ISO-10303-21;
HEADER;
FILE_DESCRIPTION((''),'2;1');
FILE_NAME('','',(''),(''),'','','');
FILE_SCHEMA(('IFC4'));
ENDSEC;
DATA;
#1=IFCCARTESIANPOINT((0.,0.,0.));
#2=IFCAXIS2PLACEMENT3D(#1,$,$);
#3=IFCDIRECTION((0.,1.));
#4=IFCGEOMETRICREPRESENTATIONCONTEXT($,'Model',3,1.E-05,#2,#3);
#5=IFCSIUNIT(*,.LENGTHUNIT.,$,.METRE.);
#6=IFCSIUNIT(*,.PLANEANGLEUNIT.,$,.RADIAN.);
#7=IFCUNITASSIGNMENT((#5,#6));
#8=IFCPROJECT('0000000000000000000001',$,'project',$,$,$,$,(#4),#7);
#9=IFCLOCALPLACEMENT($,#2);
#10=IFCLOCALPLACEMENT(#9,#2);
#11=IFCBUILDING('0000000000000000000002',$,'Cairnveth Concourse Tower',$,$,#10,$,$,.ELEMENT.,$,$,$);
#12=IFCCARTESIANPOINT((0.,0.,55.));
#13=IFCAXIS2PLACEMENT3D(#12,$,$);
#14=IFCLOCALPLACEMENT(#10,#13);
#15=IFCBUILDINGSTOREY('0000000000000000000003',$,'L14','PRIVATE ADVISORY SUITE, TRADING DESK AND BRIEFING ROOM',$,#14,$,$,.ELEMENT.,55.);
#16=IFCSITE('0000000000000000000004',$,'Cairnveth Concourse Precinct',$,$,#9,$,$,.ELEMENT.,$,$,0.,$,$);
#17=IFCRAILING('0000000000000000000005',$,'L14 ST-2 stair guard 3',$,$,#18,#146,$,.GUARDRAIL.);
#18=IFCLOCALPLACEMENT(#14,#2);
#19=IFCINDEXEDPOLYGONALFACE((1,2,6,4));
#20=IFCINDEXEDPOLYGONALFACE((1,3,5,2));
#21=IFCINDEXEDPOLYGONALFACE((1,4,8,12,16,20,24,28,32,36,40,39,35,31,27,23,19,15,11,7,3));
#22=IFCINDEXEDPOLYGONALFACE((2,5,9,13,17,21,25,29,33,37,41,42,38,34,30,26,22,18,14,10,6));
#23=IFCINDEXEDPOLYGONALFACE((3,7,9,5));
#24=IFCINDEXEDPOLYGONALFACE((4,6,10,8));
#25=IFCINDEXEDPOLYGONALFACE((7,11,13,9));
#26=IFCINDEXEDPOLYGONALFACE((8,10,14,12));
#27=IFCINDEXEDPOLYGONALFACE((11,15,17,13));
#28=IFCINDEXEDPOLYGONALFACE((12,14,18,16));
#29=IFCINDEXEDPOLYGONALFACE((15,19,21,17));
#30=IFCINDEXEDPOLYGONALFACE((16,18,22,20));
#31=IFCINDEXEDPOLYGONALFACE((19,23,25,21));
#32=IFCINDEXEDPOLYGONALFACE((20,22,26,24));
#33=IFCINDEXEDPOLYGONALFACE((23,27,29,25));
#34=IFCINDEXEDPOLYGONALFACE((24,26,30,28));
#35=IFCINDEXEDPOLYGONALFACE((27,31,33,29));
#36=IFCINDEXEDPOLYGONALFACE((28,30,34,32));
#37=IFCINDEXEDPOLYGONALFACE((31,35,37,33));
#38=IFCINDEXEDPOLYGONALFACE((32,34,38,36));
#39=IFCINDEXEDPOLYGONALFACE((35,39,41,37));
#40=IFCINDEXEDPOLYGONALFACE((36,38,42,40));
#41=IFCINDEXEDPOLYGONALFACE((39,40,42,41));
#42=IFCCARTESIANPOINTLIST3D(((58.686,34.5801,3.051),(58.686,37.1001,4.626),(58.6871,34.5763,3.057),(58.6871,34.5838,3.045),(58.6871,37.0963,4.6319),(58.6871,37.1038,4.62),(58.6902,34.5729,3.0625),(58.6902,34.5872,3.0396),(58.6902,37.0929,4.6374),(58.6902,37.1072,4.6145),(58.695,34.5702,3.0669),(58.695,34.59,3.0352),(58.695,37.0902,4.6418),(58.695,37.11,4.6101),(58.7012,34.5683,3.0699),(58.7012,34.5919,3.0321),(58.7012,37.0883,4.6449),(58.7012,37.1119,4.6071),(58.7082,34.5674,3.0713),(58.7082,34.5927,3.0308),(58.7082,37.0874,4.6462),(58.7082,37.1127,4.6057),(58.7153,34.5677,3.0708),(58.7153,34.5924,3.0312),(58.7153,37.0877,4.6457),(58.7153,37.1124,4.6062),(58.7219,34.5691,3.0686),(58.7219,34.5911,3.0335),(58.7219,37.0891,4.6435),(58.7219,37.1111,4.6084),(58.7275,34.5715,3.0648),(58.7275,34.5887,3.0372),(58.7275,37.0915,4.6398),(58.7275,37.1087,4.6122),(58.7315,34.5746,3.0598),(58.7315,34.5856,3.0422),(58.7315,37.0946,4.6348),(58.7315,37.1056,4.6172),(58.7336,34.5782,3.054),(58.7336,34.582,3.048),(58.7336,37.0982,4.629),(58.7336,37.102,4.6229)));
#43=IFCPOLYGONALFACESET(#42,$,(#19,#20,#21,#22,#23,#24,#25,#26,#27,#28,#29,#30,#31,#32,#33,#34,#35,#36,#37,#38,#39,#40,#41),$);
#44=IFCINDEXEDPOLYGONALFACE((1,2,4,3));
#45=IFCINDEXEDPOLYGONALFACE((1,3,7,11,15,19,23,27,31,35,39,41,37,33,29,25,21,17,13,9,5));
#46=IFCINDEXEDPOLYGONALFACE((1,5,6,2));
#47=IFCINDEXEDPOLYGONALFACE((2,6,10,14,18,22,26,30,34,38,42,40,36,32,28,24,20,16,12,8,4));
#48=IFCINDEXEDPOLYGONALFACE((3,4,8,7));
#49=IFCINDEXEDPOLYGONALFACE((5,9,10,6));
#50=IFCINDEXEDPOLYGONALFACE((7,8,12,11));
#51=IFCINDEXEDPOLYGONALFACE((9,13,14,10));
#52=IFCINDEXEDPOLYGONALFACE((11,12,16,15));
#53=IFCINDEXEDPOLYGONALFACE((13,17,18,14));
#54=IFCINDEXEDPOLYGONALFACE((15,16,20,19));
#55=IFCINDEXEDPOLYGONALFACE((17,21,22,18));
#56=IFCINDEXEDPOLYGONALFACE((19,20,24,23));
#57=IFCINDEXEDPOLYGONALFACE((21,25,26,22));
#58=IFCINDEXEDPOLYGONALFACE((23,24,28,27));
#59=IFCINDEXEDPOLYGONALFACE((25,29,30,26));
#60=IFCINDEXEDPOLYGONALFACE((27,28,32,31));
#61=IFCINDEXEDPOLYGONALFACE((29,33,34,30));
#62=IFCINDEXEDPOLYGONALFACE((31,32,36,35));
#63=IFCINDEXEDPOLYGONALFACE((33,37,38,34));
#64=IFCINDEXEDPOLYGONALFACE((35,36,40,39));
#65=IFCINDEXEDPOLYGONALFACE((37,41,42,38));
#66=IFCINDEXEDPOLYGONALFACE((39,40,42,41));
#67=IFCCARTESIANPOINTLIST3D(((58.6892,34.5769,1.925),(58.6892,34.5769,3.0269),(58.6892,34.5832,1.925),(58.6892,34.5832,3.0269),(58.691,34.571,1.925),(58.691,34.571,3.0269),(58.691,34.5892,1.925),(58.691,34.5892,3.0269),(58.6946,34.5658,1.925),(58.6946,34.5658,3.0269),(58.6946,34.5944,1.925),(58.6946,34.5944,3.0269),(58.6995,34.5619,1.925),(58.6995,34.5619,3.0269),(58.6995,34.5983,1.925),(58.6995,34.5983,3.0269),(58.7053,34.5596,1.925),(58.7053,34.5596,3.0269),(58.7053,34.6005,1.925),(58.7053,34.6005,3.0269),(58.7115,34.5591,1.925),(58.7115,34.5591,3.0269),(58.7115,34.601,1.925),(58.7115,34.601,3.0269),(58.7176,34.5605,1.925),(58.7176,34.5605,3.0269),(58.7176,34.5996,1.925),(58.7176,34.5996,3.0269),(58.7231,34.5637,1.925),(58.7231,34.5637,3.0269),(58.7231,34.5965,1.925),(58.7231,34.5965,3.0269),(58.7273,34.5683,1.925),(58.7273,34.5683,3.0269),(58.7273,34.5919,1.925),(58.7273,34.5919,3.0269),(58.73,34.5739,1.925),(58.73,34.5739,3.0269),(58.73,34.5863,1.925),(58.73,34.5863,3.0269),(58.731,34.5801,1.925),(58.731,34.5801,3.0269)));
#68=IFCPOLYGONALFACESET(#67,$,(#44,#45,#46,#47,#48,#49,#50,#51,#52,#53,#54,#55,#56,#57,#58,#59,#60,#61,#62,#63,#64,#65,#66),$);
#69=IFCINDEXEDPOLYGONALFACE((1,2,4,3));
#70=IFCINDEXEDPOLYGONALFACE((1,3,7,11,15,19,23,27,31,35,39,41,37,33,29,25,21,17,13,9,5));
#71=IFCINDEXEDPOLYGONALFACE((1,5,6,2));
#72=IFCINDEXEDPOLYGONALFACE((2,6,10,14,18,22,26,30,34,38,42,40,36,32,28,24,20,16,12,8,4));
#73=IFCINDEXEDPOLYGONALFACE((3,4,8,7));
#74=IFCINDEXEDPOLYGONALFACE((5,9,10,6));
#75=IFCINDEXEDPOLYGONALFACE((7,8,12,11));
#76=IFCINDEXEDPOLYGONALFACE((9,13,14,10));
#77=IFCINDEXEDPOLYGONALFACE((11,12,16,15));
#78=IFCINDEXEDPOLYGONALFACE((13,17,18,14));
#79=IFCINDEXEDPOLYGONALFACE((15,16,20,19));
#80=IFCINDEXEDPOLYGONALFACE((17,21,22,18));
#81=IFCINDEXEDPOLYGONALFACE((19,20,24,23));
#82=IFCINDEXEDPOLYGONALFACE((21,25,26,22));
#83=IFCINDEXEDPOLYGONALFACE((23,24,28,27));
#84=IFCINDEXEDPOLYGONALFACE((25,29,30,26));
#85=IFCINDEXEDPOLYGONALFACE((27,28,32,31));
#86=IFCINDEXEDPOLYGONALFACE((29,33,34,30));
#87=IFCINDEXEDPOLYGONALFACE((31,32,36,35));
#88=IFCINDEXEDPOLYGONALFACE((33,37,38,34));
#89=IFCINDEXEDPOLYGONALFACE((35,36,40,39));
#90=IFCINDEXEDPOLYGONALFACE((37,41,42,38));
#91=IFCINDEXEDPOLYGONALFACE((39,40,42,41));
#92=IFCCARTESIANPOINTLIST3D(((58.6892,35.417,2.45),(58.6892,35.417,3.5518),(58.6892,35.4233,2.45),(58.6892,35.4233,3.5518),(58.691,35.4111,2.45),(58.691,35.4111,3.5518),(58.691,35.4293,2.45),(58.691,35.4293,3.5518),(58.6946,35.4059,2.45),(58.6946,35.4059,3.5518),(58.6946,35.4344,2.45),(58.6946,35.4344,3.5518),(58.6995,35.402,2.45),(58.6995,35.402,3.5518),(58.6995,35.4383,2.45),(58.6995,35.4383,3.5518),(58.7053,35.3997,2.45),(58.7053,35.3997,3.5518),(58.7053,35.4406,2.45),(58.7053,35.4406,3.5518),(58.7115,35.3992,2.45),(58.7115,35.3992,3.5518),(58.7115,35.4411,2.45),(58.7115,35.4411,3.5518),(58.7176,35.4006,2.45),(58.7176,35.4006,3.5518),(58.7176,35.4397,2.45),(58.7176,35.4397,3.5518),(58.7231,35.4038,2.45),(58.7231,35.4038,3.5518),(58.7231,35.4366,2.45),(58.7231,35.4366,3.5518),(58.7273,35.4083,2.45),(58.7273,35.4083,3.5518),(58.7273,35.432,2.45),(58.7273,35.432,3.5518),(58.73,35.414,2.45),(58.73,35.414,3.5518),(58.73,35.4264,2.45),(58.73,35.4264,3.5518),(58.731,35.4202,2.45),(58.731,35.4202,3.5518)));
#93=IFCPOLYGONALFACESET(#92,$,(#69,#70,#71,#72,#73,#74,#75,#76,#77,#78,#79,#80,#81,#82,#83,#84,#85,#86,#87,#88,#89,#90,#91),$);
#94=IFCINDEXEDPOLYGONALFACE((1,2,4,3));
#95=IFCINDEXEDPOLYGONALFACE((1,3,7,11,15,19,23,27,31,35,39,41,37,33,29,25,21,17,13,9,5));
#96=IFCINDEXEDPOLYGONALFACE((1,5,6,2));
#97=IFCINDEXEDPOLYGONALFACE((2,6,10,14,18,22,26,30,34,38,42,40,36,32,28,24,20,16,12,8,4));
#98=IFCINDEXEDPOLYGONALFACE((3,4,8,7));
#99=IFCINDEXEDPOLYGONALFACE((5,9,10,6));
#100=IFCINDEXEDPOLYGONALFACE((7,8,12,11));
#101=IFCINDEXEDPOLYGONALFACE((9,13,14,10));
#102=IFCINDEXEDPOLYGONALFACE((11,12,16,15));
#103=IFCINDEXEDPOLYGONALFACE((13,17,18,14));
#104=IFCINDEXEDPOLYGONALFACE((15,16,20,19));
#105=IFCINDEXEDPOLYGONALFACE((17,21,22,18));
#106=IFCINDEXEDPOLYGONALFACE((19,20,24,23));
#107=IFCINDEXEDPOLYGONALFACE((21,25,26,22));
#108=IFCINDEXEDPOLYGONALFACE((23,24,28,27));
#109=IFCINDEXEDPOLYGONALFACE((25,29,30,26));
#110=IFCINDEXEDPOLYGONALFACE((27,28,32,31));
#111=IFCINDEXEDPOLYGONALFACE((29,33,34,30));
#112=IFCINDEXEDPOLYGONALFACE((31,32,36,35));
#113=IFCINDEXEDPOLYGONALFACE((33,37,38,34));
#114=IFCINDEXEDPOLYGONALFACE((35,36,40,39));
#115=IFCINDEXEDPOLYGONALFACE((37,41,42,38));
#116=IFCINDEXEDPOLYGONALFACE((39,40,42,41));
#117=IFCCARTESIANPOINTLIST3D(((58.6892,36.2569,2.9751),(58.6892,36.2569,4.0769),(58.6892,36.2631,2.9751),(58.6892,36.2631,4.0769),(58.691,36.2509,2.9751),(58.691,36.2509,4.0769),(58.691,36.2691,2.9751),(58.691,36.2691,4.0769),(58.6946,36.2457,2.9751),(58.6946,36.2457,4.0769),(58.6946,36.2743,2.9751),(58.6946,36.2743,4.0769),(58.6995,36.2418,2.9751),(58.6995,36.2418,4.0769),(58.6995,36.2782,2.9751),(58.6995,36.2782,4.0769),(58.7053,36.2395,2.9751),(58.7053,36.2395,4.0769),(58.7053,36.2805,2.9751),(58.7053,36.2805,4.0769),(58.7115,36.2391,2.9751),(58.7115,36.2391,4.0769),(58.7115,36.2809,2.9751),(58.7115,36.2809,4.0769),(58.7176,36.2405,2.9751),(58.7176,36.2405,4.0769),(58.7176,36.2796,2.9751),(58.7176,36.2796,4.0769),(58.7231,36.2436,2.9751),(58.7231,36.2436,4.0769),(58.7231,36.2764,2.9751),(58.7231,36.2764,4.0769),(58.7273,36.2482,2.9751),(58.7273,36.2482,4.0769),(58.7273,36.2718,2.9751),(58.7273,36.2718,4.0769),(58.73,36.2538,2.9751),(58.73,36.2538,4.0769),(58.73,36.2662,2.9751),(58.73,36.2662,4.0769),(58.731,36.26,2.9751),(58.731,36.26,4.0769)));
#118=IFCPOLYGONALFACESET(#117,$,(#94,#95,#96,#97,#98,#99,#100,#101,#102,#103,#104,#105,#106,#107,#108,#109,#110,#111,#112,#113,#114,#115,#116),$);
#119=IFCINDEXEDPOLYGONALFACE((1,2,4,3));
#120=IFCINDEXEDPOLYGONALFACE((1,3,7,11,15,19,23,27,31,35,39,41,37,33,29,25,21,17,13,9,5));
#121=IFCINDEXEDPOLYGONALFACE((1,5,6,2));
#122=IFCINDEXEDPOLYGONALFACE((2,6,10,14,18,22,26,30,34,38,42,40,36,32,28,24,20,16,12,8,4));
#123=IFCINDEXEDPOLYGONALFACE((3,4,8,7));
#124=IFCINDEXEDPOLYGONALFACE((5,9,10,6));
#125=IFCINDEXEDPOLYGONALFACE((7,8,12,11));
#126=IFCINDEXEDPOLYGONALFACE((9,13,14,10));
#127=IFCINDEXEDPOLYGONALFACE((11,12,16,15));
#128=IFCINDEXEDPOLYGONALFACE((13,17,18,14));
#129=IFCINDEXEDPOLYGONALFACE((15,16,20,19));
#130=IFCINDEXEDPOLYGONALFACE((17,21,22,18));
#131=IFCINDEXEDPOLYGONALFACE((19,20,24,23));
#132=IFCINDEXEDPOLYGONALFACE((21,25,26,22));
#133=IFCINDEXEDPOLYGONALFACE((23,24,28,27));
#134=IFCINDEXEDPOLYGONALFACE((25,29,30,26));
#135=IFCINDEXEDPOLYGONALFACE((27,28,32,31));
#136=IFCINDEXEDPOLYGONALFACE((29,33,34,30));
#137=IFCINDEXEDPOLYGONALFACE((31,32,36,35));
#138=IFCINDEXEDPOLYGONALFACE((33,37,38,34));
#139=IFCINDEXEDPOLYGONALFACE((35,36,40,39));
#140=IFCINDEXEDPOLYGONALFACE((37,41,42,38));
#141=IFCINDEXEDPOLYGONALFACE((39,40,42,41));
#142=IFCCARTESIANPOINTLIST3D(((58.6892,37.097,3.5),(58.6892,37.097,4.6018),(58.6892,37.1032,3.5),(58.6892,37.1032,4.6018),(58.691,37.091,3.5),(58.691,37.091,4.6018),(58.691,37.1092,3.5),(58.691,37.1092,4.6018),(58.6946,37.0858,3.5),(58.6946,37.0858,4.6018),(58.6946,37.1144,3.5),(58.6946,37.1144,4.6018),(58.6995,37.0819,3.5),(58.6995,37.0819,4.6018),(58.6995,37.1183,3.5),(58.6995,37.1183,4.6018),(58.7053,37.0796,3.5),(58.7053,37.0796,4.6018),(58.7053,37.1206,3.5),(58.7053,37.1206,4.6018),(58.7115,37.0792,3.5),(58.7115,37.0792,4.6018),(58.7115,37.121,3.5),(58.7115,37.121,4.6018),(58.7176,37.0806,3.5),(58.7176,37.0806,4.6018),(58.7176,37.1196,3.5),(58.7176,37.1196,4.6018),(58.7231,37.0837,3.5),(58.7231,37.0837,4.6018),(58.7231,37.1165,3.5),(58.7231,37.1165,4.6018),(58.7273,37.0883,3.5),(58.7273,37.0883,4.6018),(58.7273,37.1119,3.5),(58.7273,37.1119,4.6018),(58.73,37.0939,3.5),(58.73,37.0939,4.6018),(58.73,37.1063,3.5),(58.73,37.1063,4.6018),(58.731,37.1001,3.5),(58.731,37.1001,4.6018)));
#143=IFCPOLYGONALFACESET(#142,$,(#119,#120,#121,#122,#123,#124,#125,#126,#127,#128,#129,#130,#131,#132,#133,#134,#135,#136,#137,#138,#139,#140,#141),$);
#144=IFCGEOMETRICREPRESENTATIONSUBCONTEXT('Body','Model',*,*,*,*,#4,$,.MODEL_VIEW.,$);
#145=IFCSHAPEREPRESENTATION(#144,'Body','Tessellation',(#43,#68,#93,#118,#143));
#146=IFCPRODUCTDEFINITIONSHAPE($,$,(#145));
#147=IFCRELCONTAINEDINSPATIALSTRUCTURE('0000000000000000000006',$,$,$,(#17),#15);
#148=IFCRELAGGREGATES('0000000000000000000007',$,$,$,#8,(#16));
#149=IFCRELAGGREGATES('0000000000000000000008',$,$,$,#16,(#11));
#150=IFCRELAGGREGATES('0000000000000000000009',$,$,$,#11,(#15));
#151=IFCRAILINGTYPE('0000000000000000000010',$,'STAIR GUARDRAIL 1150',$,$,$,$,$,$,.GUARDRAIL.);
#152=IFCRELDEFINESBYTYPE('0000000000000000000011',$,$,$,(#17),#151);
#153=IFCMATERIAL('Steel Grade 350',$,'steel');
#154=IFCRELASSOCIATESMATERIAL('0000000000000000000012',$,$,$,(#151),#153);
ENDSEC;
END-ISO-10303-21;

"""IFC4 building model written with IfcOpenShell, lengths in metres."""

from ifc_helpers import new_model, si_unit, direction, frame, origin, origin_2d, place, context, subcontext, project, spatial, circle, extrude, material, type_object, element, save


model = new_model("IFC4")

# Units and contexts
model_context = context("Model", 3, precision=1e-05, world=origin(), true_north=direction((0.0, 1.0)))
body_context = subcontext(model_context, "Body", "Model", "MODEL_VIEW")
ifc_project = project(units=[si_unit("LENGTHUNIT", "METRE"), si_unit("PLANEANGLEUNIT", "RADIAN")], contexts=[model_context])

# Site, building, storey
site_placement = place(None, origin())
site = spatial("IfcSite", under=ifc_project, at=site_placement, Name="Cairnveth Concourse Precinct", CompositionType="ELEMENT", RefElevation=0.0)
building_placement = place(site_placement, origin())
building = spatial("IfcBuilding", under=site, at=building_placement, Name="Cairnveth Concourse Tower", CompositionType="ELEMENT")
storey_placement = place(building_placement, frame((0.0, 0.0, 55.0)))
storey = spatial("IfcBuildingStorey", under=building, at=storey_placement, Name="L14", Description="PRIVATE ADVISORY SUITE, TRADING DESK AND BRIEFING ROOM", CompositionType="ELEMENT", Elevation=55.0)

# Shared definitions
ifc_material_1 = material(Name="Steel Grade 350", Category="steel")

# Railing
railing_type_1 = type_object("IfcRailingType", Name="STAIR GUARDRAIL 1150", PredefinedType="GUARDRAIL", material=ifc_material_1)
railing_1_placement = place(storey_placement, frame((58.71, 34.5801, 1.925)))
element("IfcRailing", 1, at=railing_1_placement, inside=storey, type_object=railing_type_1, Name="L14 ST-2 stair guard 3", PredefinedType="GUARDRAIL", context=body_context, shape_type="SweptSolid", body=[
    extrude(circle(Radius=0.0239, at=origin_2d()), frame((0.0, 0.0, 1.126), z_axis=(0.0, 0.848008, 0.529984), x_axis=(-1.0, 0.0, 0.0)), (0.0, 0.0, 1.0), 2.9717),
    extrude(circle(Radius=0.021, at=origin_2d()), origin(), (0.0, 0.0, 1.0), 1.1018),
    extrude(circle(Radius=0.021, at=origin_2d()), frame((0.0, 0.8401, 0.5249)), (0.0, 0.0, 1.0), 1.1018),
    extrude(circle(Radius=0.021, at=origin_2d()), frame((0.0, 1.6799, 1.05)), (0.0, 0.0, 1.0), 1.1018),
    extrude(circle(Radius=0.021, at=origin_2d()), frame((0.0, 2.52, 1.575)), (0.0, 0.0, 1.0), 1.1018),
])

save(model, "model.ifc")
